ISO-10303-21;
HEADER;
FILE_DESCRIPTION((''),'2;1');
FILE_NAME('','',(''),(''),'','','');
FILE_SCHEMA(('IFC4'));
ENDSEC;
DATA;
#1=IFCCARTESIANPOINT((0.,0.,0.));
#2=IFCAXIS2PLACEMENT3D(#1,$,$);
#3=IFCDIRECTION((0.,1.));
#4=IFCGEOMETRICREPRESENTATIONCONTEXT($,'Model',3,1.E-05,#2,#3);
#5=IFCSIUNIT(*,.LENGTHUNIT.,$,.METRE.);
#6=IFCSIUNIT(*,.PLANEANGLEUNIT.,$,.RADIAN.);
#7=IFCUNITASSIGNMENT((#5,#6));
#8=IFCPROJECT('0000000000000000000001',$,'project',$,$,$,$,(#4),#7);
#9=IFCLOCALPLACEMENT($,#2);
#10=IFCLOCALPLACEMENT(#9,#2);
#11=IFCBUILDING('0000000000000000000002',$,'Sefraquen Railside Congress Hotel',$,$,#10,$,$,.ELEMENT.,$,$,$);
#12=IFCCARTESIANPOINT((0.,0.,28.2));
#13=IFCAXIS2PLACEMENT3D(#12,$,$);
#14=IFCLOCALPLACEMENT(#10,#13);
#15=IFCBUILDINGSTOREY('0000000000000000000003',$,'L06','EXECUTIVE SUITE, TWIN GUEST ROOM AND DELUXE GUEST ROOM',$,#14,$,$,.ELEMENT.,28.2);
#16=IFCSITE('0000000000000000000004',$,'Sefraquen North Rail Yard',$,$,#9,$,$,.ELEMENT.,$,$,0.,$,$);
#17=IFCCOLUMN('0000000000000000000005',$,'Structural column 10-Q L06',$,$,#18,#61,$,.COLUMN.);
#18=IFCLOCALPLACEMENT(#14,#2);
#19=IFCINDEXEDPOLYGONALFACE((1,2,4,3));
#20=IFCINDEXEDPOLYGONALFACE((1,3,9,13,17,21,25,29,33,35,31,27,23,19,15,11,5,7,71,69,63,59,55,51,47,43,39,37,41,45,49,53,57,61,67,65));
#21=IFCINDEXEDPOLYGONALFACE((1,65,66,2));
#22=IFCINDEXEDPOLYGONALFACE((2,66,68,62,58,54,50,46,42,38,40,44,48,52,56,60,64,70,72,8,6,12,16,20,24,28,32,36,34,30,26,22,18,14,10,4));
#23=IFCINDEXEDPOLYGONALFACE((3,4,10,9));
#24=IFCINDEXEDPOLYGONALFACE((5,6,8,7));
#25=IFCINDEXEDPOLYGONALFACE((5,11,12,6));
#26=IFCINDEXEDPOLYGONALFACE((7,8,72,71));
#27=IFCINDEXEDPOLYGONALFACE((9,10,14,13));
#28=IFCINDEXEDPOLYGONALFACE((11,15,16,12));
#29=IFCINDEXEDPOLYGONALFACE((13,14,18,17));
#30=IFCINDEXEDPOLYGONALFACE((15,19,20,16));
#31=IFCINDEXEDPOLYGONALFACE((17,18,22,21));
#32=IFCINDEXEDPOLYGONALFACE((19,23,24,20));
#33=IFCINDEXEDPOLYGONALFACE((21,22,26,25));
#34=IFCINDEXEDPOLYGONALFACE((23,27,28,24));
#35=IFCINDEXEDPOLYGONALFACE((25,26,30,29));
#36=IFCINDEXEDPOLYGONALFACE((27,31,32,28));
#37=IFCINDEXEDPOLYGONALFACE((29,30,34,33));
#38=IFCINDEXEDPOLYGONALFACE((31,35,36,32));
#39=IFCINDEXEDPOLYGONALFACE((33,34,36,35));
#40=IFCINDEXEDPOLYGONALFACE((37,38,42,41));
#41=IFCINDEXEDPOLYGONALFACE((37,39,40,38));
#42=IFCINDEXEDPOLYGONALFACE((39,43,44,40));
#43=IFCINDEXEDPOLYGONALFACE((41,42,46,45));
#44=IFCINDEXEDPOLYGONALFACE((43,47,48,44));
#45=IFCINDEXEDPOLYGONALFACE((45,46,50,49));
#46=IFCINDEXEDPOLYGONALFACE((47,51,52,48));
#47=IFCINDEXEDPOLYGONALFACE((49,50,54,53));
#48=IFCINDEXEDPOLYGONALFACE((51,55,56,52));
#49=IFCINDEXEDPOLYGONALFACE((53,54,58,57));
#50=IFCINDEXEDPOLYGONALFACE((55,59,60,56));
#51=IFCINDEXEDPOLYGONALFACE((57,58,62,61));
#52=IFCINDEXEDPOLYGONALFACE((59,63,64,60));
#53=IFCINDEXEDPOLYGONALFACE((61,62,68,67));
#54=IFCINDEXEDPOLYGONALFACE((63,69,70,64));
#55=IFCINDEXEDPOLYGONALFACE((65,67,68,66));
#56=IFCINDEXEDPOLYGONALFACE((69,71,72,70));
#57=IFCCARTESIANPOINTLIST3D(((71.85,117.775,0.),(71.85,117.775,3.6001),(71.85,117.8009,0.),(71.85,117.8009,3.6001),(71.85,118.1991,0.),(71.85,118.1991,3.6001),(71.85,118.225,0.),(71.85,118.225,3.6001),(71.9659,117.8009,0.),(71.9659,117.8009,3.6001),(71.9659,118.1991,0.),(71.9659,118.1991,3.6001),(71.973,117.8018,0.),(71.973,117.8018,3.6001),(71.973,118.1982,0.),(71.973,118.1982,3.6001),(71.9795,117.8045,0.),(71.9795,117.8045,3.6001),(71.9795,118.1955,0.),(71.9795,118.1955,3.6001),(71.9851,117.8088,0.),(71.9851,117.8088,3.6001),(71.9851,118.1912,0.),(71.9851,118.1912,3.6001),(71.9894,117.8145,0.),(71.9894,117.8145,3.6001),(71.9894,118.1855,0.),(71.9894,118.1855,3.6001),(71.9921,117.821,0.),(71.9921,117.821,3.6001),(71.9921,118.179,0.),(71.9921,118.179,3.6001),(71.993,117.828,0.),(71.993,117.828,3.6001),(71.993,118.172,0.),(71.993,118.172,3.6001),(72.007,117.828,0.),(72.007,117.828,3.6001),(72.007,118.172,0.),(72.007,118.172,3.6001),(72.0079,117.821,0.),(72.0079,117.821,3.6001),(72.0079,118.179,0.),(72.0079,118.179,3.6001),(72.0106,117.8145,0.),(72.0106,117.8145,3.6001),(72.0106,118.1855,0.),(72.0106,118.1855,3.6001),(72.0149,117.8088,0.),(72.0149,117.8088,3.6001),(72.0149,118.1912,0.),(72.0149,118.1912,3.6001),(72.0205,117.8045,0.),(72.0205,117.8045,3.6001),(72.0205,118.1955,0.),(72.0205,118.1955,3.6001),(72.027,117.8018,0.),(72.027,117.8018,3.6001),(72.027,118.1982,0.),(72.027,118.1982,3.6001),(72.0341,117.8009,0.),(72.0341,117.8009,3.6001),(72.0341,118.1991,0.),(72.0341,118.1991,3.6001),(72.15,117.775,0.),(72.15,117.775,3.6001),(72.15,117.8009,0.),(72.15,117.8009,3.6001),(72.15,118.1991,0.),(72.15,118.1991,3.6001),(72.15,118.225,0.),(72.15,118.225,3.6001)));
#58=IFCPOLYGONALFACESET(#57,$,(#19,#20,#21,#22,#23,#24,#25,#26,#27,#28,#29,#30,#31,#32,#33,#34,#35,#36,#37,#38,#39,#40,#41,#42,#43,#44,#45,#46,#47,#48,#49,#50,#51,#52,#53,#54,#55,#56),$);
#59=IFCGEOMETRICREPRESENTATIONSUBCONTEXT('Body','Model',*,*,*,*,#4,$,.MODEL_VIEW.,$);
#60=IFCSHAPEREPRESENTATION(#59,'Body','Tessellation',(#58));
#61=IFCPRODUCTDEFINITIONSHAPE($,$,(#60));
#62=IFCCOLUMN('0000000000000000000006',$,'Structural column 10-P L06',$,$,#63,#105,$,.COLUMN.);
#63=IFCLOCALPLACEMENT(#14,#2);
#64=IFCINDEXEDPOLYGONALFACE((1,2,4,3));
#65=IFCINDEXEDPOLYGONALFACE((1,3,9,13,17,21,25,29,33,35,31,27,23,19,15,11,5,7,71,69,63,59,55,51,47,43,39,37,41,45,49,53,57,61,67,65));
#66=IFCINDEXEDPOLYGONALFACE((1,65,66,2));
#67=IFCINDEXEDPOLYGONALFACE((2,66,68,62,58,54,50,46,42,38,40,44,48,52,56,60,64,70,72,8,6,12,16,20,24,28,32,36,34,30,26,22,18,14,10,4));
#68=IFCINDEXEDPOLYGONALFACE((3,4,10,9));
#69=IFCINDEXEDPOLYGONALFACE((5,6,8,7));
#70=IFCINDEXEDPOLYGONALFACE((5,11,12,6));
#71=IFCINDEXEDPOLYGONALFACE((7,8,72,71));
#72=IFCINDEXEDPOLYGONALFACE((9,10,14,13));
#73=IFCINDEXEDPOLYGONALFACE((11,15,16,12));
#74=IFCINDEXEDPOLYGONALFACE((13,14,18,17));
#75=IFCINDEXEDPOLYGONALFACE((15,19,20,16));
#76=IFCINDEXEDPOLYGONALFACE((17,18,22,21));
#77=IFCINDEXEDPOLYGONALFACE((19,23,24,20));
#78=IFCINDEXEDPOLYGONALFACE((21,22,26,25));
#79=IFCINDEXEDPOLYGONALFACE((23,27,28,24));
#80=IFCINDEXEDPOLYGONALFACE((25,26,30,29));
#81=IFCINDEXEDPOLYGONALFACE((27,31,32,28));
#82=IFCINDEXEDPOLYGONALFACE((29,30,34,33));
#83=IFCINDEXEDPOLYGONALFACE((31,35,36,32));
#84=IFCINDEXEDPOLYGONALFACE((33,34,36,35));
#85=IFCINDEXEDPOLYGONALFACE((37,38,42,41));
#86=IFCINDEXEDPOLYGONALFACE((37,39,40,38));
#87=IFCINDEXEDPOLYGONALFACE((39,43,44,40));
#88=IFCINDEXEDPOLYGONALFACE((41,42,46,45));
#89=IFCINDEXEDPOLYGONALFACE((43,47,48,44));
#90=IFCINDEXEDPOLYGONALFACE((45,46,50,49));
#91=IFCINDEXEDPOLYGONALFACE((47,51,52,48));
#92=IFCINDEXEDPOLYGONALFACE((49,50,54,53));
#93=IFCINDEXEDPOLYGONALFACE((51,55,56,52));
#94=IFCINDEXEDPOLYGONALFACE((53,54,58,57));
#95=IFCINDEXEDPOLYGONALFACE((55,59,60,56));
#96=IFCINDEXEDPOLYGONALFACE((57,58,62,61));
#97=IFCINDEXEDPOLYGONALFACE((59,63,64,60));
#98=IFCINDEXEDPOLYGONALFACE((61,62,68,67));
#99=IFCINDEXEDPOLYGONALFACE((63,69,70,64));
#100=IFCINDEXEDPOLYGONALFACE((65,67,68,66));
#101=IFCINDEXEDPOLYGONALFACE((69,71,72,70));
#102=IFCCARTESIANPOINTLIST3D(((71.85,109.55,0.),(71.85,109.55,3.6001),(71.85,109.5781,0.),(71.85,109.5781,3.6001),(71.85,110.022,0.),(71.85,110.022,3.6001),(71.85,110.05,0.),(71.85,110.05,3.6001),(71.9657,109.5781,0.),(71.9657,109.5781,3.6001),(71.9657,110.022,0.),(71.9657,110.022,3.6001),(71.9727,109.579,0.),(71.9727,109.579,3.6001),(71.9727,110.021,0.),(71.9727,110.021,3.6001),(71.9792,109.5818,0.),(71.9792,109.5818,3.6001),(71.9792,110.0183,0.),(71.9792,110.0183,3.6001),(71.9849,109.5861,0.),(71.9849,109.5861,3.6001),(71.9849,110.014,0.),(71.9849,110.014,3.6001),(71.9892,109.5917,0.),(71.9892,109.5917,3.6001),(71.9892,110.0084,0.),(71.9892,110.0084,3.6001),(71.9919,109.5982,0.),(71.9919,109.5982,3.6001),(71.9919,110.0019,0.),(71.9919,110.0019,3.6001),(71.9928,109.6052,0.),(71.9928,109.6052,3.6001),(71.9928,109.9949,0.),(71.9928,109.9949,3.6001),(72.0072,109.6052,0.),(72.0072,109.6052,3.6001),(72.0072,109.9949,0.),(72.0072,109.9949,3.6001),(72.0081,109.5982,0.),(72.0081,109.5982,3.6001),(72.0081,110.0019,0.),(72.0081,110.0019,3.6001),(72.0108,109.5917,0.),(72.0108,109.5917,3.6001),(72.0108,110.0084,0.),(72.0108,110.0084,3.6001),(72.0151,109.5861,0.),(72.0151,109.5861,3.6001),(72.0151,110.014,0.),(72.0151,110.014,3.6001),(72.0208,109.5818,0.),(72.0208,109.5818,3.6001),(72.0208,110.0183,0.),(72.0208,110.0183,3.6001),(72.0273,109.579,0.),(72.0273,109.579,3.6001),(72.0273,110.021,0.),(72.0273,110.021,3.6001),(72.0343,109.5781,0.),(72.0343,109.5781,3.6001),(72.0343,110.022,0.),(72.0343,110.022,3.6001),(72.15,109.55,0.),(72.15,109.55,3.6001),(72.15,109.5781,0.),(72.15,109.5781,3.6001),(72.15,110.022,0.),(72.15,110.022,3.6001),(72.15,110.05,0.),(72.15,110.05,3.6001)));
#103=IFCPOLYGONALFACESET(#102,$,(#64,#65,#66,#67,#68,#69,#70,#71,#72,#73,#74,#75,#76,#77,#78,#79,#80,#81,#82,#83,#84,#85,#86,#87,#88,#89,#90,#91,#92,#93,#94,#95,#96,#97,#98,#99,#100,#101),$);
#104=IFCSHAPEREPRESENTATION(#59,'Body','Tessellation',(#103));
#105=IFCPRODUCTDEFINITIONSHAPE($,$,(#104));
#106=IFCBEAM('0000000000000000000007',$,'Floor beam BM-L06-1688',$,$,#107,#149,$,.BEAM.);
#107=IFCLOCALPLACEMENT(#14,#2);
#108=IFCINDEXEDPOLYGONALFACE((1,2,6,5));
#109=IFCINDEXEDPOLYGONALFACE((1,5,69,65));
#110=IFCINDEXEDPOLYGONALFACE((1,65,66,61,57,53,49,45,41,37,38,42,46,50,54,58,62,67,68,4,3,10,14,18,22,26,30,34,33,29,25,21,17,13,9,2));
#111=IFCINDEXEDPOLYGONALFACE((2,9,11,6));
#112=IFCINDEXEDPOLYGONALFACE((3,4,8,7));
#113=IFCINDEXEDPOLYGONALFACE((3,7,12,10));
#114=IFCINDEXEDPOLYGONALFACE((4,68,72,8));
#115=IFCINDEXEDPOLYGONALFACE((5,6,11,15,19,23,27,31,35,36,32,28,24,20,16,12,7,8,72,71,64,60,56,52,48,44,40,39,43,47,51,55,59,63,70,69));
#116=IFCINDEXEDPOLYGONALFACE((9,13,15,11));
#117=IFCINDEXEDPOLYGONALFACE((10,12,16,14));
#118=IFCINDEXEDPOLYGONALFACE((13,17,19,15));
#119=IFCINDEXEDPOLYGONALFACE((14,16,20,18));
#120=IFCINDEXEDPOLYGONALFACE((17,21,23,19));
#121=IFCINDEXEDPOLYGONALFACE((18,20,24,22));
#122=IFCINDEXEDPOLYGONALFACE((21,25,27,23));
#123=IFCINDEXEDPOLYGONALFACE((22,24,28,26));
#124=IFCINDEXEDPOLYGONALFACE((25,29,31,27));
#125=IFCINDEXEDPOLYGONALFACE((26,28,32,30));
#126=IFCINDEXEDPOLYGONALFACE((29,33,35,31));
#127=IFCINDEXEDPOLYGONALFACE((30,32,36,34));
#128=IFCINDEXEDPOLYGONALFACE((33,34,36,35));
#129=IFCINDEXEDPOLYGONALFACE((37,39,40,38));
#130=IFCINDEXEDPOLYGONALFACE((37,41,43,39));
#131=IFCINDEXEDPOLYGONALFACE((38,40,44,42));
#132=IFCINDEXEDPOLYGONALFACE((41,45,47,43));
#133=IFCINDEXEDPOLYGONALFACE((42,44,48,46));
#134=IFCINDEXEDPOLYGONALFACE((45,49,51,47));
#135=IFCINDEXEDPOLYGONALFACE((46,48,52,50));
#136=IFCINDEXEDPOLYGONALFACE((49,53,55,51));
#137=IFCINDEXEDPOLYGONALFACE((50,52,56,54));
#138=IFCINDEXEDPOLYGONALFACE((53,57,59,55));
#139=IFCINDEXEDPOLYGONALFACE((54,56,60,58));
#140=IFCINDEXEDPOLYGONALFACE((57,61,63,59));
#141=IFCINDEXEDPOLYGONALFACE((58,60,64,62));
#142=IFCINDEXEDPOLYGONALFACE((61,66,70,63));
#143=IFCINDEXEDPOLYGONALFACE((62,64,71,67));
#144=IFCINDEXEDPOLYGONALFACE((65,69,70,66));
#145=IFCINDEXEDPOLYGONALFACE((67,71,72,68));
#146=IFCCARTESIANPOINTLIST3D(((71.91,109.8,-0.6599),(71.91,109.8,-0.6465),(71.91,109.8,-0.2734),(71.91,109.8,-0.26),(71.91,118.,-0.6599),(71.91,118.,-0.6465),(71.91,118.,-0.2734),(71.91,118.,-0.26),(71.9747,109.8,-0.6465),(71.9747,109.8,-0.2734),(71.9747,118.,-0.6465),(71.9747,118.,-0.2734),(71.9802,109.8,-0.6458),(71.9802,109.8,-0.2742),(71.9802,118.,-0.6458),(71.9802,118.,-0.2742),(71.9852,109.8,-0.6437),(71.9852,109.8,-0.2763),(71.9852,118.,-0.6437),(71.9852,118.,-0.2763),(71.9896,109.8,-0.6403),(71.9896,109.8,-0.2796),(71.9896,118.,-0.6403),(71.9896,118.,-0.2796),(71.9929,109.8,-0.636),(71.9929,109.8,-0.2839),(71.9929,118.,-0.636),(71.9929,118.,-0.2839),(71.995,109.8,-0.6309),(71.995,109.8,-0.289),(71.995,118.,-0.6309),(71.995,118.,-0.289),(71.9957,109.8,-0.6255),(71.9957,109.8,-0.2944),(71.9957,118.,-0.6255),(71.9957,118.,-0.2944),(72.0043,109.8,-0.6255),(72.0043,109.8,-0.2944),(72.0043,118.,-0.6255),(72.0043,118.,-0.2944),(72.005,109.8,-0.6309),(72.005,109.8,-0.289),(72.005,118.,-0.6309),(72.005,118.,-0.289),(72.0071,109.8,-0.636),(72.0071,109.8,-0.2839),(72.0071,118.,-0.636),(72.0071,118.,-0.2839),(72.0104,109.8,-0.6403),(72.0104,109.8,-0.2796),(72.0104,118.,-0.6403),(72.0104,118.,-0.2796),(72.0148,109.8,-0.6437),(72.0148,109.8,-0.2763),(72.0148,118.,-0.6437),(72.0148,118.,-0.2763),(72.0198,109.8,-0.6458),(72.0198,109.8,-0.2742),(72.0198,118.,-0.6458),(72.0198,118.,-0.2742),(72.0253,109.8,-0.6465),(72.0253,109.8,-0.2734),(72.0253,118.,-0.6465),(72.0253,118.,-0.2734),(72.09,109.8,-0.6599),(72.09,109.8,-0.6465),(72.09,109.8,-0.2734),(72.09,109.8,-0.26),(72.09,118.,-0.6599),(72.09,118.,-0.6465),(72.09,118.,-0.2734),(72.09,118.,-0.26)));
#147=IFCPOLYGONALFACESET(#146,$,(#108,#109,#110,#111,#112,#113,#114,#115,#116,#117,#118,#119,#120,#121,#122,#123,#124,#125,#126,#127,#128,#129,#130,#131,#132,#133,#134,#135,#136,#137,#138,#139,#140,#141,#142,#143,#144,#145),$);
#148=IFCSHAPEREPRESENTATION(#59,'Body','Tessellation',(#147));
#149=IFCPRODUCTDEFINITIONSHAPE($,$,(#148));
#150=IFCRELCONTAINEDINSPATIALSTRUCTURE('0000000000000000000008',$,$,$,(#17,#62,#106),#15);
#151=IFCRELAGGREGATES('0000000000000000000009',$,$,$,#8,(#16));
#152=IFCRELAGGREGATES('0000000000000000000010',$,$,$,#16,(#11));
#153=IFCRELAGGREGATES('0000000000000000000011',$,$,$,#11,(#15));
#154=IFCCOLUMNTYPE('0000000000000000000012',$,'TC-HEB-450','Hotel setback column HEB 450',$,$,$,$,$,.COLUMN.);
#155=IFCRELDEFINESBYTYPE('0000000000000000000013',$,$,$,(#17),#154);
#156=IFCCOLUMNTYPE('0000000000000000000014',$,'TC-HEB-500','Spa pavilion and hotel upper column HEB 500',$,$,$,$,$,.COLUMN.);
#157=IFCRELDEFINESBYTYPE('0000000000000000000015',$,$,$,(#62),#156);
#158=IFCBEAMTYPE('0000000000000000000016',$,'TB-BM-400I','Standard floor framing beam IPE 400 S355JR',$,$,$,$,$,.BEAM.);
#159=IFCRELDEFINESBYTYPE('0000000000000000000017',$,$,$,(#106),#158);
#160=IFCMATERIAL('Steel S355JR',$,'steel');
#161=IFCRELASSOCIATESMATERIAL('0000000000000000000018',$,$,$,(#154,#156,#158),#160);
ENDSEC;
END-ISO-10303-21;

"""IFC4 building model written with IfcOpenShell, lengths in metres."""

from ifc_helpers import new_model, si_unit, direction, frame, origin, origin_2d, place, context, subcontext, project, spatial, i_section, extrude, material, material_profile, profile_set, type_object, element, save


model = new_model("IFC4")

# Units and contexts
model_context = context("Model", 3, precision=1e-05, world=origin(), true_north=direction((0.0, 1.0)))
body_context = subcontext(model_context, "Body", "Model", "MODEL_VIEW")
ifc_project = project(units=[si_unit("LENGTHUNIT", "METRE"), si_unit("PLANEANGLEUNIT", "RADIAN")], contexts=[model_context])

# Site, building, storey
site_placement = place(None, origin())
site = spatial("IfcSite", under=ifc_project, at=site_placement, Name="Sefraquen North Rail Yard", CompositionType="ELEMENT", RefElevation=0.0)
building_placement = place(site_placement, origin())
building = spatial("IfcBuilding", under=site, at=building_placement, Name="Sefraquen Railside Congress Hotel", CompositionType="ELEMENT")
storey_placement = place(building_placement, frame((0.0, 0.0, 28.2)))
storey = spatial("IfcBuildingStorey", under=building, at=storey_placement, Name="L06", Description="EXECUTIVE SUITE, TWIN GUEST ROOM AND DELUXE GUEST ROOM", CompositionType="ELEMENT", Elevation=28.2)

# Columns
ifc_material_1 = material(Name="Steel S355JR", Category="steel")
ifc_material_profile_1 = material_profile(ifc_material_1, i_section(OverallWidth=0.3, OverallDepth=0.45, WebThickness=0.0139, FlangeThickness=0.0259, FilletRadius=0.0271, at=origin_2d()), Name="HEB 450")
ifc_profile_set_1 = profile_set([ifc_material_profile_1], Name="Steel S355JR")
column_type_1 = type_object("IfcColumnType", Name="TC-HEB-450", Description="Hotel setback column HEB 450", PredefinedType="COLUMN", material=ifc_profile_set_1)
column_1_placement = place(storey_placement, frame((72.0, 118.0, 0.0), z_axis=(0.0, 0.0, 1.0), x_axis=(1.0, 0.0, 0.0)))
element("IfcColumn", 1, at=column_1_placement, inside=storey, type_object=column_type_1, Name="Structural column 10-Q L06", PredefinedType="COLUMN", context=body_context, shape_type="SweptSolid", body=[
    extrude(i_section(OverallWidth=0.3, OverallDepth=0.45, WebThickness=0.0139, FlangeThickness=0.0259, FilletRadius=0.0271, at=origin_2d()), origin(), (0.0, 0.0, 1.0), 3.6001),
])
ifc_material_profile_2 = material_profile(ifc_material_1, i_section(OverallWidth=0.3, OverallDepth=0.5, WebThickness=0.0144, FlangeThickness=0.0281, FilletRadius=0.0271, at=origin_2d()), Name="HEB 500")
ifc_profile_set_2 = profile_set([ifc_material_profile_2], Name="Steel S355JR")
column_type_2 = type_object("IfcColumnType", Name="TC-HEB-500", Description="Spa pavilion and hotel upper column HEB 500", PredefinedType="COLUMN", material=ifc_profile_set_2)
column_2_placement = place(storey_placement, frame((72.0, 109.8, 0.0), z_axis=(0.0, 0.0, 1.0), x_axis=(1.0, 0.0, 0.0)))
element("IfcColumn", 2, at=column_2_placement, inside=storey, type_object=column_type_2, Name="Structural column 10-P L06", PredefinedType="COLUMN", context=body_context, shape_type="SweptSolid", body=[
    extrude(i_section(OverallWidth=0.3, OverallDepth=0.5, WebThickness=0.0144, FlangeThickness=0.0281, FilletRadius=0.0271, at=origin_2d()), origin(), (0.0, 0.0, 1.0), 3.6001),
])

# Beam
ifc_material_profile_3 = material_profile(ifc_material_1, i_section(OverallWidth=0.1799, OverallDepth=0.3999, WebThickness=0.0085, FlangeThickness=0.0134, FilletRadius=0.021, at=origin_2d()), Name="IPE 400")
ifc_profile_set_3 = profile_set([ifc_material_profile_3], Name="Steel S355JR")
beam_type_1 = type_object("IfcBeamType", Name="TB-BM-400I", Description="Standard floor framing beam IPE 400 S355JR", PredefinedType="BEAM", material=ifc_profile_set_3)
beam_placement = place(storey_placement, frame((72.0, 109.8, -0.46), z_axis=(0.0, 1.0, 0.0), x_axis=(-1.0, 0.0, 0.0)))
element("IfcBeam", 3, at=beam_placement, inside=storey, type_object=beam_type_1, Name="Floor beam BM-L06-1688", PredefinedType="BEAM", context=body_context, shape_type="SweptSolid", body=[
    extrude(i_section(OverallWidth=0.1799, OverallDepth=0.3999, WebThickness=0.0085, FlangeThickness=0.0134, FilletRadius=0.021, at=origin_2d()), origin(), (0.0, 0.0, 1.0), 8.2),
])

save(model, "model.ifc")
